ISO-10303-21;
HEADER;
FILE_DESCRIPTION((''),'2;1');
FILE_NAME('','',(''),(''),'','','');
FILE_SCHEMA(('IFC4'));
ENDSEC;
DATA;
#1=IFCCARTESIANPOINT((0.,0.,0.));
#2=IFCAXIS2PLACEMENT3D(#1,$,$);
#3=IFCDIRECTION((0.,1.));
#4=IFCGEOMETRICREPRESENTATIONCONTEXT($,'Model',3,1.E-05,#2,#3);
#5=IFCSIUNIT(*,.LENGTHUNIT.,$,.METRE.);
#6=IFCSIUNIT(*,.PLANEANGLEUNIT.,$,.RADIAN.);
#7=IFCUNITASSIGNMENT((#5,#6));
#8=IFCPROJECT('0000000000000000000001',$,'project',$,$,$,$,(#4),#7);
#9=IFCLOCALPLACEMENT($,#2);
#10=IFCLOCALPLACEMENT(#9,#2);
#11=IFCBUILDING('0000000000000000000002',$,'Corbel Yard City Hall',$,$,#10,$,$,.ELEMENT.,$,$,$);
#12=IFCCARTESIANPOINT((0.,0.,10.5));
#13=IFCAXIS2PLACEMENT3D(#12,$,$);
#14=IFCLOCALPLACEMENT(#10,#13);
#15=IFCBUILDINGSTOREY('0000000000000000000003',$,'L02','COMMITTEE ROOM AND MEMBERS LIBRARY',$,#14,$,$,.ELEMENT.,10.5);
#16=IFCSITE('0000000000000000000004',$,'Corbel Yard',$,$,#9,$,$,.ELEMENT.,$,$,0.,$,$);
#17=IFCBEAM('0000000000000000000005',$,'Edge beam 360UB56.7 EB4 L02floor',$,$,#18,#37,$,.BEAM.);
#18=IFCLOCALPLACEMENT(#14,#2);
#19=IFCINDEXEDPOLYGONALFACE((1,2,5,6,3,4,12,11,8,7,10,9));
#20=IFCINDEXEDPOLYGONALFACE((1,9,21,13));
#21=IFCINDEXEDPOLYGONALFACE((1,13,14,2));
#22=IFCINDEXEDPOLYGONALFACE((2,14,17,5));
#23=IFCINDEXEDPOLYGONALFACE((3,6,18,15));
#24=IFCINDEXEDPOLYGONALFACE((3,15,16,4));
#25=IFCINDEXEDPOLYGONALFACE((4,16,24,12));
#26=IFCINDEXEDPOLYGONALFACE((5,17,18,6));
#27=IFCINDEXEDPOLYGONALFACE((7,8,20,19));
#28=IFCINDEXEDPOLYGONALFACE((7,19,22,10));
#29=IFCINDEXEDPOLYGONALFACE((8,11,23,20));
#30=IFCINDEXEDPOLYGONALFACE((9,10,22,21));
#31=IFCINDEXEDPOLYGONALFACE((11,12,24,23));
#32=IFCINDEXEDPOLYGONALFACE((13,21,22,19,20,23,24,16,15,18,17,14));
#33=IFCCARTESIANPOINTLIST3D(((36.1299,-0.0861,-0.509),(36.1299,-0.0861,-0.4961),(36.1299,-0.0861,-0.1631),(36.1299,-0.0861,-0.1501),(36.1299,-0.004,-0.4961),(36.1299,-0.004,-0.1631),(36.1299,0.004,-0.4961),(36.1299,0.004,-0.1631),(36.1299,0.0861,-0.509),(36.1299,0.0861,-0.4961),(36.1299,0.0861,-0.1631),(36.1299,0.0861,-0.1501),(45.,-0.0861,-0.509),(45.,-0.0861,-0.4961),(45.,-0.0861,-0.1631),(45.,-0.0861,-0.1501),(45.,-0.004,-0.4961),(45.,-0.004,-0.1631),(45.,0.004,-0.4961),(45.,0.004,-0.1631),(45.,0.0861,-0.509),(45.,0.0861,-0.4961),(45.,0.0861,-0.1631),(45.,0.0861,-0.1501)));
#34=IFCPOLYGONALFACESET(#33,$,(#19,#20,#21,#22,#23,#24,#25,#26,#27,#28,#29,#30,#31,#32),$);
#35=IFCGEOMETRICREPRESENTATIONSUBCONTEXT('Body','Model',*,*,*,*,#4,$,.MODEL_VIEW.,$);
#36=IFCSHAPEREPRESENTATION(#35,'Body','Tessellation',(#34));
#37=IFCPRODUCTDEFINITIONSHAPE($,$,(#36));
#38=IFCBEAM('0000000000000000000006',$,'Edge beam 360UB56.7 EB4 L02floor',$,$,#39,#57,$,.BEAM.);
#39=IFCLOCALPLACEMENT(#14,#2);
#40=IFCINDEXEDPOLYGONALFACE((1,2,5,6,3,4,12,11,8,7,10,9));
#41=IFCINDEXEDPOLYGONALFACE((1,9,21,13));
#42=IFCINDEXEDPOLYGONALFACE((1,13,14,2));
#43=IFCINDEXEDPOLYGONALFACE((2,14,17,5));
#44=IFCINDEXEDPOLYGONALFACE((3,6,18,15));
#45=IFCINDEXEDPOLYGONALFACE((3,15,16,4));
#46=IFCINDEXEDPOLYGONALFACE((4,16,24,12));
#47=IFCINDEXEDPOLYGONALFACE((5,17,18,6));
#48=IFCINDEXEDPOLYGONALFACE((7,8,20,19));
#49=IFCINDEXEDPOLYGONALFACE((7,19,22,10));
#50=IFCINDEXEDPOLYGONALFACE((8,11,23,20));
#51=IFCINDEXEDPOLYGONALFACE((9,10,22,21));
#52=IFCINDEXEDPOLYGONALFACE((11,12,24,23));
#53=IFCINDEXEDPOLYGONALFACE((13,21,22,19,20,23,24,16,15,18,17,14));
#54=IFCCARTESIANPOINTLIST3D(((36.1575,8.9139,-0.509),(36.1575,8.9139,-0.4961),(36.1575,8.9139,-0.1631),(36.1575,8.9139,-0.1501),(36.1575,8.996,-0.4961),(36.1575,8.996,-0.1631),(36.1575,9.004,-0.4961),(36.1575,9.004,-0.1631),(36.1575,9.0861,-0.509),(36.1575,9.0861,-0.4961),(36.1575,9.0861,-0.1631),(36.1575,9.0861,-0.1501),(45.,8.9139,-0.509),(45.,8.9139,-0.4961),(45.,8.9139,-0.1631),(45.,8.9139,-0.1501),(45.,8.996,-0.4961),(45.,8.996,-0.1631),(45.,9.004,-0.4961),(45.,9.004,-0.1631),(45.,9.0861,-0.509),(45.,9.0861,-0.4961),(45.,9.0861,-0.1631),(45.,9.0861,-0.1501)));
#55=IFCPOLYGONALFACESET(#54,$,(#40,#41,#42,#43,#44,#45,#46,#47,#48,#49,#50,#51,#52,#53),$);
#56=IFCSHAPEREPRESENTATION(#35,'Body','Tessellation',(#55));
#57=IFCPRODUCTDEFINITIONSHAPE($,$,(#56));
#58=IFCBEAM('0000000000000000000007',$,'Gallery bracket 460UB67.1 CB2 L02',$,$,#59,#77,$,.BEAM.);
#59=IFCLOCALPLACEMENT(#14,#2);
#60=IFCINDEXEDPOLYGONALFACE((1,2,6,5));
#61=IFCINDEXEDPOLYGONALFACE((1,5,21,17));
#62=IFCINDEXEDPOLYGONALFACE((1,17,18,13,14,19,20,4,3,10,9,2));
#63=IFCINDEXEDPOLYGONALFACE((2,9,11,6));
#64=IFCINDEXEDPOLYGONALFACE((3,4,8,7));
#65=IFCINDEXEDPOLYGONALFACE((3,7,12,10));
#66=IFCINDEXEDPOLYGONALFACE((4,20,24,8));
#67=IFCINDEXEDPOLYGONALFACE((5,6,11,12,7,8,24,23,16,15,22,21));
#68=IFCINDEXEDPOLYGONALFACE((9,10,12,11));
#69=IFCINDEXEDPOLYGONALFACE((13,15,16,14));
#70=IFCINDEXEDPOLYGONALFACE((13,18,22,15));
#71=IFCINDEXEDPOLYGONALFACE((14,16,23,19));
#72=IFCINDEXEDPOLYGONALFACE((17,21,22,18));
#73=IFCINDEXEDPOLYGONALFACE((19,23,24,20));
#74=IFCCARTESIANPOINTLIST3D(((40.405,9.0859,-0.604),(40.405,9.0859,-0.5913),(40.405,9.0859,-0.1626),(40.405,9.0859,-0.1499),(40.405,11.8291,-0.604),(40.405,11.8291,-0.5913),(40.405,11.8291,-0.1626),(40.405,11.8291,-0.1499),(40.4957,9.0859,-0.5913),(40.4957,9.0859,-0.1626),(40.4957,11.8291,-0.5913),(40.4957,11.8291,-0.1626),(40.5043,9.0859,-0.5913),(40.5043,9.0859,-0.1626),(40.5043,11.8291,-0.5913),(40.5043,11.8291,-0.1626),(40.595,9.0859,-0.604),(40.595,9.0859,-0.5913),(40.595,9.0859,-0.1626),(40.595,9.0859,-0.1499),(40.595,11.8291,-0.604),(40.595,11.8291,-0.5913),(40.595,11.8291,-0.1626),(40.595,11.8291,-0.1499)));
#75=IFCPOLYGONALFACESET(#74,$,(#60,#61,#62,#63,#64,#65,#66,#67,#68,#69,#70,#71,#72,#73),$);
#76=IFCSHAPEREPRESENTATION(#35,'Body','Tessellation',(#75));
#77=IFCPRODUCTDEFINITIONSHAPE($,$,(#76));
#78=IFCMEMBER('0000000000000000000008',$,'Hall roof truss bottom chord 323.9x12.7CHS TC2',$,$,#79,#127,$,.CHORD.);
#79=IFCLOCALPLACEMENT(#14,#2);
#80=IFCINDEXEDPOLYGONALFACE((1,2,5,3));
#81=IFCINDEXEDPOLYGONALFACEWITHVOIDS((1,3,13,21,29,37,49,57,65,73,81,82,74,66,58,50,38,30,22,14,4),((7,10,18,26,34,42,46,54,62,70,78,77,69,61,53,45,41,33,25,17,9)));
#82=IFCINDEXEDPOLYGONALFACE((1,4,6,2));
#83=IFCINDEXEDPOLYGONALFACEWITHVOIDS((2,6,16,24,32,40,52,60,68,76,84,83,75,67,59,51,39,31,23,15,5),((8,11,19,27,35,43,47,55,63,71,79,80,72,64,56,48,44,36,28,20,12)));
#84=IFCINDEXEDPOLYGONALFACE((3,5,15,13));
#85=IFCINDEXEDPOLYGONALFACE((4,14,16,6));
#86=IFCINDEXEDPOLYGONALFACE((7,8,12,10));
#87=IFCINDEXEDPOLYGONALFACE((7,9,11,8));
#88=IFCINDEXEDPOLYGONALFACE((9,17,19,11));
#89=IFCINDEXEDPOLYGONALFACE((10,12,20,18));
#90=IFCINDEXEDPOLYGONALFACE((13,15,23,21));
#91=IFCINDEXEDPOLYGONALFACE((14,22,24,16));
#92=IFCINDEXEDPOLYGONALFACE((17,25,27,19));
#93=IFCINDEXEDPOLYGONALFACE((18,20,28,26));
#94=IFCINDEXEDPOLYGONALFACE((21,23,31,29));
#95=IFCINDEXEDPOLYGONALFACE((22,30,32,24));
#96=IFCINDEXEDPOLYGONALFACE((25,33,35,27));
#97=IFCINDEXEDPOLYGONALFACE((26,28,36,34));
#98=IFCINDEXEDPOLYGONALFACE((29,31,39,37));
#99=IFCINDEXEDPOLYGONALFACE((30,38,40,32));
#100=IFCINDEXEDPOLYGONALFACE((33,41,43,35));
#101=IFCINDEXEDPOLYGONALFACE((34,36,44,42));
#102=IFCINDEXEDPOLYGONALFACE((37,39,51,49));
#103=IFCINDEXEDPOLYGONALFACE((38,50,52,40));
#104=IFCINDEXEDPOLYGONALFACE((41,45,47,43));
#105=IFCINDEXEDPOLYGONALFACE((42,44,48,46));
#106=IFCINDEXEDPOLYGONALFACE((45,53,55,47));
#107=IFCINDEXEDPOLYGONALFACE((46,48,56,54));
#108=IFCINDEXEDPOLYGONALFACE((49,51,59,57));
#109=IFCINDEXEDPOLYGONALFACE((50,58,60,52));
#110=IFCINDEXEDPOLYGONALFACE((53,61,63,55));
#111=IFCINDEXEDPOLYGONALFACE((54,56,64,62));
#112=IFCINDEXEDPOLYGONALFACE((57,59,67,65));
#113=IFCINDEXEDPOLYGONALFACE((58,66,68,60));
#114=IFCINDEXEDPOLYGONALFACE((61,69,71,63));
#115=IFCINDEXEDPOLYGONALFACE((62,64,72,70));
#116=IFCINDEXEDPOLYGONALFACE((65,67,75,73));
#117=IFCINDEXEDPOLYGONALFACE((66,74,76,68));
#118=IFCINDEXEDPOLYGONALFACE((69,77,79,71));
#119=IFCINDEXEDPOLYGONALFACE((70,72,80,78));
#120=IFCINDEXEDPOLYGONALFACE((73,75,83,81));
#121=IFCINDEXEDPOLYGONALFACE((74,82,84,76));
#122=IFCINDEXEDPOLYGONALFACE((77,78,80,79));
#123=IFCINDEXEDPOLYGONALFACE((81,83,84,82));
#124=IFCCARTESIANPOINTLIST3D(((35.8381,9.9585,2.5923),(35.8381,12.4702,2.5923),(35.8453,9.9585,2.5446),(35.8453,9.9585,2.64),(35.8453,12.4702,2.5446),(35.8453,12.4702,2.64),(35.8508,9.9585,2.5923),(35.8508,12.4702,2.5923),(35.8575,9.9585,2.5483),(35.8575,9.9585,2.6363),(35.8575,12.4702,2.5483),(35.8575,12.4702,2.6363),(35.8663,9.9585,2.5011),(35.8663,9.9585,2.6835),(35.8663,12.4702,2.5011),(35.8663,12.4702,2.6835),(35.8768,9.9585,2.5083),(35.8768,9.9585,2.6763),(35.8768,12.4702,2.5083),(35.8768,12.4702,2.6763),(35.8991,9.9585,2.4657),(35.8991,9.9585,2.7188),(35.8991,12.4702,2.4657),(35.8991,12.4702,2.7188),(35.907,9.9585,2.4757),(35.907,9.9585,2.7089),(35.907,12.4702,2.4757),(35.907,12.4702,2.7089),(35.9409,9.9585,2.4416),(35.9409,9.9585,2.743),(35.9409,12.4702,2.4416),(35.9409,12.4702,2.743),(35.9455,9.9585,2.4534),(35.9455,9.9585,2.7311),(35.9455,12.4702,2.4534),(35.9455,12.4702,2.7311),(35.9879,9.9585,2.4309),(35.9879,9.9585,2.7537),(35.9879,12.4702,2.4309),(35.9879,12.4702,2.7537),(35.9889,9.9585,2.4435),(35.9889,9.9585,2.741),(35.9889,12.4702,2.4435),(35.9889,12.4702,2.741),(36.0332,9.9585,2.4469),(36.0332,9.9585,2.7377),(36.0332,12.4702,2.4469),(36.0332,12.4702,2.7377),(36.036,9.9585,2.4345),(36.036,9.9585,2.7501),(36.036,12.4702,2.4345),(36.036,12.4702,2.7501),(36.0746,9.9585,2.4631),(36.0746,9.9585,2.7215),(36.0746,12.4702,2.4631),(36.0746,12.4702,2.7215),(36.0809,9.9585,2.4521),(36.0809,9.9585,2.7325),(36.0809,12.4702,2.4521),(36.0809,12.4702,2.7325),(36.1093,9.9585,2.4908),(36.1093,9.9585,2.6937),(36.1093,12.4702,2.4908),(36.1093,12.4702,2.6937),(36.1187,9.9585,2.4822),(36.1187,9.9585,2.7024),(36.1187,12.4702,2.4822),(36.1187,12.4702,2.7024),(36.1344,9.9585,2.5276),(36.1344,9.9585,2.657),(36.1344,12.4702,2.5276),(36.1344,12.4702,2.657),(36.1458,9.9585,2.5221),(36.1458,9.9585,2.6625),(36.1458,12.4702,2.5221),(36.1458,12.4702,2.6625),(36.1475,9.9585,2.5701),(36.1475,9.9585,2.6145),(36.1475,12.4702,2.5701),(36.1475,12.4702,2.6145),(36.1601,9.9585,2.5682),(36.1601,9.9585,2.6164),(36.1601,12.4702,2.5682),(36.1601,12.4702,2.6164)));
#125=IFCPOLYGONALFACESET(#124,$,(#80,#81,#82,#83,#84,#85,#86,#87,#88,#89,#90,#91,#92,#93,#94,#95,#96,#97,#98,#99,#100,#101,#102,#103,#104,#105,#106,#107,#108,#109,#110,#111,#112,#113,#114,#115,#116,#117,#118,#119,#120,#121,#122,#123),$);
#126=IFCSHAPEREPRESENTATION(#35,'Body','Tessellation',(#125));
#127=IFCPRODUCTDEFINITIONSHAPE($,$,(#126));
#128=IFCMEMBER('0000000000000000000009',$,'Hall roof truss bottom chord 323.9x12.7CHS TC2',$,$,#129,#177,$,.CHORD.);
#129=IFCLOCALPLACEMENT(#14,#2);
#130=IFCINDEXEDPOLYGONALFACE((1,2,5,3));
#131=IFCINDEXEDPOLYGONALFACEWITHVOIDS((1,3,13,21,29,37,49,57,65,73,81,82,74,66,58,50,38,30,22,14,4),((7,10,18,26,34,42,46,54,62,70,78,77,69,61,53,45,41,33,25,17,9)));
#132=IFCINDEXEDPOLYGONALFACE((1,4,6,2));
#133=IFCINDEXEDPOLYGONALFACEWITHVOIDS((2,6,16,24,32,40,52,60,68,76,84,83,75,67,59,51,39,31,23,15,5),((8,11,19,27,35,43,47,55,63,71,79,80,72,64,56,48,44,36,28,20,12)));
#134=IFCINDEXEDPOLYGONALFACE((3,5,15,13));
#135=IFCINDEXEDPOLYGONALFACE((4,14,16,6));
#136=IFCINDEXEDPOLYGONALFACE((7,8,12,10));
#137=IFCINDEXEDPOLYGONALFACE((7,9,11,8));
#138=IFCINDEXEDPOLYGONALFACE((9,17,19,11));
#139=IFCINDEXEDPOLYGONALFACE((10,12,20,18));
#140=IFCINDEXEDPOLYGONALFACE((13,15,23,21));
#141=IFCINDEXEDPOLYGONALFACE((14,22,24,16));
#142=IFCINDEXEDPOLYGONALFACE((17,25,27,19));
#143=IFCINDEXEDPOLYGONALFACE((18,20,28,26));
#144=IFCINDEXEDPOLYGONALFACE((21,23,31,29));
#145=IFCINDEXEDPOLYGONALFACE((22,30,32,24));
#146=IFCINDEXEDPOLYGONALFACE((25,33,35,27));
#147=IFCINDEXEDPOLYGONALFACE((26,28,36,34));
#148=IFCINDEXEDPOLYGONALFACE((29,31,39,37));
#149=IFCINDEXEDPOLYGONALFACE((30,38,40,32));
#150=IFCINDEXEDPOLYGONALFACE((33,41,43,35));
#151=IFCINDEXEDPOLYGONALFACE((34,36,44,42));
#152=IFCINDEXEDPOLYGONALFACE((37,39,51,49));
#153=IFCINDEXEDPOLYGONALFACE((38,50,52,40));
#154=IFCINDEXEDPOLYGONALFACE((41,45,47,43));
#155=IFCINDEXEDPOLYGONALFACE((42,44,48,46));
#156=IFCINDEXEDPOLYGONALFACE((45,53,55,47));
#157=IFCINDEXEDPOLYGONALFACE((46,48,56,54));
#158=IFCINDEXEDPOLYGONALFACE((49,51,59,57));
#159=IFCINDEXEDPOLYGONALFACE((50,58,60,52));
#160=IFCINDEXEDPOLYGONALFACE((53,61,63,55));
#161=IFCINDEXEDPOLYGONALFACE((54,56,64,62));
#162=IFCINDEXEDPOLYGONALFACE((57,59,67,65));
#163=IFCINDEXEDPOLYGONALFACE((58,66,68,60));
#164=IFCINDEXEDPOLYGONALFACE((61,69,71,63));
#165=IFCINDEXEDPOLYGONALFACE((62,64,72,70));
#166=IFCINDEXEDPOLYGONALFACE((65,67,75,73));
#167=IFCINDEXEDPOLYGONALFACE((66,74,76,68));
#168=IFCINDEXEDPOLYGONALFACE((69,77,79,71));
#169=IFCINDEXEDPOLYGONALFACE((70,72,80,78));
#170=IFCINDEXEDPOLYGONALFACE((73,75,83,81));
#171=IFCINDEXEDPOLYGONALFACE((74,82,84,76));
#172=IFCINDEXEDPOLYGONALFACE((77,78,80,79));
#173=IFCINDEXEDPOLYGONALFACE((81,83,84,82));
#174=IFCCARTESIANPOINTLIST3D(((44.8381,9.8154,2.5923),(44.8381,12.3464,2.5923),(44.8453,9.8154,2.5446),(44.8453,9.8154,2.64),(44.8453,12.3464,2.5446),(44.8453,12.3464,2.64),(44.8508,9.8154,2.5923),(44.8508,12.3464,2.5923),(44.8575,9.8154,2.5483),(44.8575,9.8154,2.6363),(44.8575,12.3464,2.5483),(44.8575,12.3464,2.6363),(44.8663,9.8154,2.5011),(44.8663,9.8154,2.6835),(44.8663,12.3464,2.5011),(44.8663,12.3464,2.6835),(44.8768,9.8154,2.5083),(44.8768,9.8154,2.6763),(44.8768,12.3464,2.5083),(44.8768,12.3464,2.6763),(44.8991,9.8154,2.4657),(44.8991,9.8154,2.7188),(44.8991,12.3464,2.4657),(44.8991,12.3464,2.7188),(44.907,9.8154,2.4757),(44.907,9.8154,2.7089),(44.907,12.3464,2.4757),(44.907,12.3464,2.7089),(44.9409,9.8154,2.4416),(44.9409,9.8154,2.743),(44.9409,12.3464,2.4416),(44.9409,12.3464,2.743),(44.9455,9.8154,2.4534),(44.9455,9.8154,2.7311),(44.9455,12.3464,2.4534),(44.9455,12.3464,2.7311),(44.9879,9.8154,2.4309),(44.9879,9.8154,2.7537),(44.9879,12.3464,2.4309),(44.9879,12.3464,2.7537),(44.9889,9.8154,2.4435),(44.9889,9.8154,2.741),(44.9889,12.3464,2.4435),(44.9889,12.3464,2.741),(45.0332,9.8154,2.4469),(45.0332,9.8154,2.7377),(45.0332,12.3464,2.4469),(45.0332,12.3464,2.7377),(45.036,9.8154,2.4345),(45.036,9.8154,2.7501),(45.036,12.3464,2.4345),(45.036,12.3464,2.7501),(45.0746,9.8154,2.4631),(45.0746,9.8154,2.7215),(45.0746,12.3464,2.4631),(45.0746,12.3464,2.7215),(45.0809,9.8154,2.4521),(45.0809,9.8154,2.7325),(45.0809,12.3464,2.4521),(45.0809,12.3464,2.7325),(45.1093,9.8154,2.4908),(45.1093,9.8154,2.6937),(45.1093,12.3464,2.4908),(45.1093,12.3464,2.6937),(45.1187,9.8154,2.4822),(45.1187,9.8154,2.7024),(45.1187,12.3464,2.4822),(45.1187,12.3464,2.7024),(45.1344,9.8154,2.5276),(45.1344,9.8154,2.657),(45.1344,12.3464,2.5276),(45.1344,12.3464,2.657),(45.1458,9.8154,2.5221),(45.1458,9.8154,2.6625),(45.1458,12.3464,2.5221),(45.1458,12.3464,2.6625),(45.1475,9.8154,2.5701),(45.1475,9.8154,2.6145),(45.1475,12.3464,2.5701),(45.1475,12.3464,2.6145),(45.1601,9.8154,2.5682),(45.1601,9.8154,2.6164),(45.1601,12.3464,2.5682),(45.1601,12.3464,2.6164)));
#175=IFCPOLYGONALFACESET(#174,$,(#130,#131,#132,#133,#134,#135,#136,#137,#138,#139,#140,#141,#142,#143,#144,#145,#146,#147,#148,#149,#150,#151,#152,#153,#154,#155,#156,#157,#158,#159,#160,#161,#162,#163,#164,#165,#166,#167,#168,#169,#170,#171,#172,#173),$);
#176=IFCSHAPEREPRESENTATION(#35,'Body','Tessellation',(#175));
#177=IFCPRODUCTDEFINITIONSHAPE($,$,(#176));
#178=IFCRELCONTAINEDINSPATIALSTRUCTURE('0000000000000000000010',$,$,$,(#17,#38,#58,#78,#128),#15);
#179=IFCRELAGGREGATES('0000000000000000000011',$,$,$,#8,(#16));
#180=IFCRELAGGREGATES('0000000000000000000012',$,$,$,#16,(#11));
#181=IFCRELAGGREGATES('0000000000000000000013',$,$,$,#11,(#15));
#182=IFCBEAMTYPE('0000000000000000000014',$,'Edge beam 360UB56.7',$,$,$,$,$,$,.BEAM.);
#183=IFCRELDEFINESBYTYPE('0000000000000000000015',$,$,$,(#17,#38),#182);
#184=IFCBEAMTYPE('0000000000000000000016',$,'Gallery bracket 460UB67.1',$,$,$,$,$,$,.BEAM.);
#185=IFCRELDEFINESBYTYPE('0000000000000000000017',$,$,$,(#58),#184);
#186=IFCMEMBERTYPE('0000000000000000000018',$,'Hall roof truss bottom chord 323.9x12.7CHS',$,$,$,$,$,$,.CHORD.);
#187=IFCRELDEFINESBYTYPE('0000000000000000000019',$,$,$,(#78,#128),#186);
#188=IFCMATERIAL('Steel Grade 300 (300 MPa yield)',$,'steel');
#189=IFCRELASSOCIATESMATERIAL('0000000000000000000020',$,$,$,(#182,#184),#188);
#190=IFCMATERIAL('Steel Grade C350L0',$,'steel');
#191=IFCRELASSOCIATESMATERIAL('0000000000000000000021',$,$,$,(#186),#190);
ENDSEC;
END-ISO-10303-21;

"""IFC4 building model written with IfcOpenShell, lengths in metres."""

from ifc_helpers import new_model, si_unit, direction, frame, origin, origin_2d, place, context, subcontext, project, spatial, hollow_circle, i_section, extrude, material, material_profile, profile_set, type_object, element, save


model = new_model("IFC4")

# Units and contexts
model_context = context("Model", 3, precision=1e-05, world=origin(), true_north=direction((0.0, 1.0)))
body_context = subcontext(model_context, "Body", "Model", "MODEL_VIEW")
ifc_project = project(units=[si_unit("LENGTHUNIT", "METRE"), si_unit("PLANEANGLEUNIT", "RADIAN")], contexts=[model_context])

# Site, building, storey
site_placement = place(None, origin())
site = spatial("IfcSite", under=ifc_project, at=site_placement, Name="Corbel Yard", CompositionType="ELEMENT", RefElevation=0.0)
building_placement = place(site_placement, origin())
building = spatial("IfcBuilding", under=site, at=building_placement, Name="Corbel Yard City Hall", CompositionType="ELEMENT")
storey_placement = place(building_placement, frame((0.0, 0.0, 10.5)))
storey = spatial("IfcBuildingStorey", under=building, at=storey_placement, Name="L02", Description="COMMITTEE ROOM AND MEMBERS LIBRARY", CompositionType="ELEMENT", Elevation=10.5)

# Beams
ifc_material_1 = material(Name="Steel Grade 300 (300 MPa yield)", Category="steel")
ifc_material_profile_1 = material_profile(ifc_material_1, i_section(OverallWidth=0.1721, OverallDepth=0.3589, WebThickness=0.0081, FlangeThickness=0.0129, at=origin_2d()), Name="360UB56.7")
ifc_profile_set_1 = profile_set([ifc_material_profile_1], Name="Steel Grade 300 (300 MPa yield)")
beam_type_1 = type_object("IfcBeamType", Name="Edge beam 360UB56.7", PredefinedType="BEAM", material=ifc_profile_set_1)
beam_1_placement = place(storey_placement, frame((36.1299, 0.0, -0.3296), z_axis=(1.0, 0.0, 0.0), x_axis=(0.0, 1.0, 0.0)))
element("IfcBeam", 1, at=beam_1_placement, inside=storey, type_object=beam_type_1, Name="Edge beam 360UB56.7 EB4 L02floor", PredefinedType="BEAM", context=body_context, shape_type="SweptSolid", body=[
    extrude(i_section(OverallWidth=0.1721, OverallDepth=0.3589, WebThickness=0.0081, FlangeThickness=0.0129, at=origin_2d()), origin(), (0.0, 0.0, 1.0), 8.8701),
])
beam_2_placement = place(storey_placement, frame((36.1575, 9.0, -0.3296), z_axis=(1.0, 0.0, 0.0), x_axis=(0.0, 1.0, 0.0)))
element("IfcBeam", 2, at=beam_2_placement, inside=storey, type_object=beam_type_1, Name="Edge beam 360UB56.7 EB4 L02floor", PredefinedType="BEAM", context=body_context, shape_type="SweptSolid", body=[
    extrude(i_section(OverallWidth=0.1721, OverallDepth=0.3589, WebThickness=0.0081, FlangeThickness=0.0129, at=origin_2d()), origin(), (0.0, 0.0, 1.0), 8.8425),
])
ifc_material_profile_2 = material_profile(ifc_material_1, i_section(OverallWidth=0.1899, OverallDepth=0.4541, WebThickness=0.0085, FlangeThickness=0.0127, at=origin_2d()), Name="460UB67.1")
ifc_profile_set_2 = profile_set([ifc_material_profile_2], Name="Steel Grade 300 (300 MPa yield)")
beam_type_2 = type_object("IfcBeamType", Name="Gallery bracket 460UB67.1", PredefinedType="BEAM", material=ifc_profile_set_2)
beam_3_placement = place(storey_placement, frame((40.5, 9.0859, -0.377), z_axis=(0.0, 1.0, 0.0), x_axis=(-1.0, 0.0, 0.0)))
element("IfcBeam", 3, at=beam_3_placement, inside=storey, type_object=beam_type_2, Name="Gallery bracket 460UB67.1 CB2 L02", PredefinedType="BEAM", context=body_context, shape_type="SweptSolid", body=[
    extrude(i_section(OverallWidth=0.1899, OverallDepth=0.4541, WebThickness=0.0085, FlangeThickness=0.0127, at=origin_2d()), origin(), (0.0, 0.0, 1.0), 2.7432),
])

# Members
ifc_material_2 = material(Name="Steel Grade C350L0", Category="steel")
ifc_material_profile_3 = material_profile(ifc_material_2, hollow_circle(Radius=0.1619, WallThickness=0.0127, at=origin_2d()), Name="323.9x12.7CHS")
ifc_profile_set_3 = profile_set([ifc_material_profile_3], Name="Steel Grade C350L0")
member_type_1 = type_object("IfcMemberType", Name="Hall roof truss bottom chord 323.9x12.7CHS", PredefinedType="CHORD", material=ifc_profile_set_3)
member_1_placement = place(storey_placement, frame((36.0, 9.9585, 2.5923), z_axis=(0.0, 1.0, 0.0), x_axis=(-1.0, 0.0, 0.0)))
element("IfcMember", 4, at=member_1_placement, inside=storey, type_object=member_type_1, Name="Hall roof truss bottom chord 323.9x12.7CHS TC2", PredefinedType="CHORD", context=body_context, shape_type="SweptSolid", body=[
    extrude(hollow_circle(Radius=0.1619, WallThickness=0.0127, at=origin_2d()), origin(), (0.0, 0.0, 1.0), 2.5117),
])
member_2_placement = place(storey_placement, frame((45.0, 9.8154, 2.5923), z_axis=(0.0, 1.0, 0.0), x_axis=(-1.0, 0.0, 0.0)))
element("IfcMember", 5, at=member_2_placement, inside=storey, type_object=member_type_1, Name="Hall roof truss bottom chord 323.9x12.7CHS TC2", PredefinedType="CHORD", context=body_context, shape_type="SweptSolid", body=[
    extrude(hollow_circle(Radius=0.1619, WallThickness=0.0127, at=origin_2d()), origin(), (0.0, 0.0, 1.0), 2.531),
])

save(model, "model.ifc")
